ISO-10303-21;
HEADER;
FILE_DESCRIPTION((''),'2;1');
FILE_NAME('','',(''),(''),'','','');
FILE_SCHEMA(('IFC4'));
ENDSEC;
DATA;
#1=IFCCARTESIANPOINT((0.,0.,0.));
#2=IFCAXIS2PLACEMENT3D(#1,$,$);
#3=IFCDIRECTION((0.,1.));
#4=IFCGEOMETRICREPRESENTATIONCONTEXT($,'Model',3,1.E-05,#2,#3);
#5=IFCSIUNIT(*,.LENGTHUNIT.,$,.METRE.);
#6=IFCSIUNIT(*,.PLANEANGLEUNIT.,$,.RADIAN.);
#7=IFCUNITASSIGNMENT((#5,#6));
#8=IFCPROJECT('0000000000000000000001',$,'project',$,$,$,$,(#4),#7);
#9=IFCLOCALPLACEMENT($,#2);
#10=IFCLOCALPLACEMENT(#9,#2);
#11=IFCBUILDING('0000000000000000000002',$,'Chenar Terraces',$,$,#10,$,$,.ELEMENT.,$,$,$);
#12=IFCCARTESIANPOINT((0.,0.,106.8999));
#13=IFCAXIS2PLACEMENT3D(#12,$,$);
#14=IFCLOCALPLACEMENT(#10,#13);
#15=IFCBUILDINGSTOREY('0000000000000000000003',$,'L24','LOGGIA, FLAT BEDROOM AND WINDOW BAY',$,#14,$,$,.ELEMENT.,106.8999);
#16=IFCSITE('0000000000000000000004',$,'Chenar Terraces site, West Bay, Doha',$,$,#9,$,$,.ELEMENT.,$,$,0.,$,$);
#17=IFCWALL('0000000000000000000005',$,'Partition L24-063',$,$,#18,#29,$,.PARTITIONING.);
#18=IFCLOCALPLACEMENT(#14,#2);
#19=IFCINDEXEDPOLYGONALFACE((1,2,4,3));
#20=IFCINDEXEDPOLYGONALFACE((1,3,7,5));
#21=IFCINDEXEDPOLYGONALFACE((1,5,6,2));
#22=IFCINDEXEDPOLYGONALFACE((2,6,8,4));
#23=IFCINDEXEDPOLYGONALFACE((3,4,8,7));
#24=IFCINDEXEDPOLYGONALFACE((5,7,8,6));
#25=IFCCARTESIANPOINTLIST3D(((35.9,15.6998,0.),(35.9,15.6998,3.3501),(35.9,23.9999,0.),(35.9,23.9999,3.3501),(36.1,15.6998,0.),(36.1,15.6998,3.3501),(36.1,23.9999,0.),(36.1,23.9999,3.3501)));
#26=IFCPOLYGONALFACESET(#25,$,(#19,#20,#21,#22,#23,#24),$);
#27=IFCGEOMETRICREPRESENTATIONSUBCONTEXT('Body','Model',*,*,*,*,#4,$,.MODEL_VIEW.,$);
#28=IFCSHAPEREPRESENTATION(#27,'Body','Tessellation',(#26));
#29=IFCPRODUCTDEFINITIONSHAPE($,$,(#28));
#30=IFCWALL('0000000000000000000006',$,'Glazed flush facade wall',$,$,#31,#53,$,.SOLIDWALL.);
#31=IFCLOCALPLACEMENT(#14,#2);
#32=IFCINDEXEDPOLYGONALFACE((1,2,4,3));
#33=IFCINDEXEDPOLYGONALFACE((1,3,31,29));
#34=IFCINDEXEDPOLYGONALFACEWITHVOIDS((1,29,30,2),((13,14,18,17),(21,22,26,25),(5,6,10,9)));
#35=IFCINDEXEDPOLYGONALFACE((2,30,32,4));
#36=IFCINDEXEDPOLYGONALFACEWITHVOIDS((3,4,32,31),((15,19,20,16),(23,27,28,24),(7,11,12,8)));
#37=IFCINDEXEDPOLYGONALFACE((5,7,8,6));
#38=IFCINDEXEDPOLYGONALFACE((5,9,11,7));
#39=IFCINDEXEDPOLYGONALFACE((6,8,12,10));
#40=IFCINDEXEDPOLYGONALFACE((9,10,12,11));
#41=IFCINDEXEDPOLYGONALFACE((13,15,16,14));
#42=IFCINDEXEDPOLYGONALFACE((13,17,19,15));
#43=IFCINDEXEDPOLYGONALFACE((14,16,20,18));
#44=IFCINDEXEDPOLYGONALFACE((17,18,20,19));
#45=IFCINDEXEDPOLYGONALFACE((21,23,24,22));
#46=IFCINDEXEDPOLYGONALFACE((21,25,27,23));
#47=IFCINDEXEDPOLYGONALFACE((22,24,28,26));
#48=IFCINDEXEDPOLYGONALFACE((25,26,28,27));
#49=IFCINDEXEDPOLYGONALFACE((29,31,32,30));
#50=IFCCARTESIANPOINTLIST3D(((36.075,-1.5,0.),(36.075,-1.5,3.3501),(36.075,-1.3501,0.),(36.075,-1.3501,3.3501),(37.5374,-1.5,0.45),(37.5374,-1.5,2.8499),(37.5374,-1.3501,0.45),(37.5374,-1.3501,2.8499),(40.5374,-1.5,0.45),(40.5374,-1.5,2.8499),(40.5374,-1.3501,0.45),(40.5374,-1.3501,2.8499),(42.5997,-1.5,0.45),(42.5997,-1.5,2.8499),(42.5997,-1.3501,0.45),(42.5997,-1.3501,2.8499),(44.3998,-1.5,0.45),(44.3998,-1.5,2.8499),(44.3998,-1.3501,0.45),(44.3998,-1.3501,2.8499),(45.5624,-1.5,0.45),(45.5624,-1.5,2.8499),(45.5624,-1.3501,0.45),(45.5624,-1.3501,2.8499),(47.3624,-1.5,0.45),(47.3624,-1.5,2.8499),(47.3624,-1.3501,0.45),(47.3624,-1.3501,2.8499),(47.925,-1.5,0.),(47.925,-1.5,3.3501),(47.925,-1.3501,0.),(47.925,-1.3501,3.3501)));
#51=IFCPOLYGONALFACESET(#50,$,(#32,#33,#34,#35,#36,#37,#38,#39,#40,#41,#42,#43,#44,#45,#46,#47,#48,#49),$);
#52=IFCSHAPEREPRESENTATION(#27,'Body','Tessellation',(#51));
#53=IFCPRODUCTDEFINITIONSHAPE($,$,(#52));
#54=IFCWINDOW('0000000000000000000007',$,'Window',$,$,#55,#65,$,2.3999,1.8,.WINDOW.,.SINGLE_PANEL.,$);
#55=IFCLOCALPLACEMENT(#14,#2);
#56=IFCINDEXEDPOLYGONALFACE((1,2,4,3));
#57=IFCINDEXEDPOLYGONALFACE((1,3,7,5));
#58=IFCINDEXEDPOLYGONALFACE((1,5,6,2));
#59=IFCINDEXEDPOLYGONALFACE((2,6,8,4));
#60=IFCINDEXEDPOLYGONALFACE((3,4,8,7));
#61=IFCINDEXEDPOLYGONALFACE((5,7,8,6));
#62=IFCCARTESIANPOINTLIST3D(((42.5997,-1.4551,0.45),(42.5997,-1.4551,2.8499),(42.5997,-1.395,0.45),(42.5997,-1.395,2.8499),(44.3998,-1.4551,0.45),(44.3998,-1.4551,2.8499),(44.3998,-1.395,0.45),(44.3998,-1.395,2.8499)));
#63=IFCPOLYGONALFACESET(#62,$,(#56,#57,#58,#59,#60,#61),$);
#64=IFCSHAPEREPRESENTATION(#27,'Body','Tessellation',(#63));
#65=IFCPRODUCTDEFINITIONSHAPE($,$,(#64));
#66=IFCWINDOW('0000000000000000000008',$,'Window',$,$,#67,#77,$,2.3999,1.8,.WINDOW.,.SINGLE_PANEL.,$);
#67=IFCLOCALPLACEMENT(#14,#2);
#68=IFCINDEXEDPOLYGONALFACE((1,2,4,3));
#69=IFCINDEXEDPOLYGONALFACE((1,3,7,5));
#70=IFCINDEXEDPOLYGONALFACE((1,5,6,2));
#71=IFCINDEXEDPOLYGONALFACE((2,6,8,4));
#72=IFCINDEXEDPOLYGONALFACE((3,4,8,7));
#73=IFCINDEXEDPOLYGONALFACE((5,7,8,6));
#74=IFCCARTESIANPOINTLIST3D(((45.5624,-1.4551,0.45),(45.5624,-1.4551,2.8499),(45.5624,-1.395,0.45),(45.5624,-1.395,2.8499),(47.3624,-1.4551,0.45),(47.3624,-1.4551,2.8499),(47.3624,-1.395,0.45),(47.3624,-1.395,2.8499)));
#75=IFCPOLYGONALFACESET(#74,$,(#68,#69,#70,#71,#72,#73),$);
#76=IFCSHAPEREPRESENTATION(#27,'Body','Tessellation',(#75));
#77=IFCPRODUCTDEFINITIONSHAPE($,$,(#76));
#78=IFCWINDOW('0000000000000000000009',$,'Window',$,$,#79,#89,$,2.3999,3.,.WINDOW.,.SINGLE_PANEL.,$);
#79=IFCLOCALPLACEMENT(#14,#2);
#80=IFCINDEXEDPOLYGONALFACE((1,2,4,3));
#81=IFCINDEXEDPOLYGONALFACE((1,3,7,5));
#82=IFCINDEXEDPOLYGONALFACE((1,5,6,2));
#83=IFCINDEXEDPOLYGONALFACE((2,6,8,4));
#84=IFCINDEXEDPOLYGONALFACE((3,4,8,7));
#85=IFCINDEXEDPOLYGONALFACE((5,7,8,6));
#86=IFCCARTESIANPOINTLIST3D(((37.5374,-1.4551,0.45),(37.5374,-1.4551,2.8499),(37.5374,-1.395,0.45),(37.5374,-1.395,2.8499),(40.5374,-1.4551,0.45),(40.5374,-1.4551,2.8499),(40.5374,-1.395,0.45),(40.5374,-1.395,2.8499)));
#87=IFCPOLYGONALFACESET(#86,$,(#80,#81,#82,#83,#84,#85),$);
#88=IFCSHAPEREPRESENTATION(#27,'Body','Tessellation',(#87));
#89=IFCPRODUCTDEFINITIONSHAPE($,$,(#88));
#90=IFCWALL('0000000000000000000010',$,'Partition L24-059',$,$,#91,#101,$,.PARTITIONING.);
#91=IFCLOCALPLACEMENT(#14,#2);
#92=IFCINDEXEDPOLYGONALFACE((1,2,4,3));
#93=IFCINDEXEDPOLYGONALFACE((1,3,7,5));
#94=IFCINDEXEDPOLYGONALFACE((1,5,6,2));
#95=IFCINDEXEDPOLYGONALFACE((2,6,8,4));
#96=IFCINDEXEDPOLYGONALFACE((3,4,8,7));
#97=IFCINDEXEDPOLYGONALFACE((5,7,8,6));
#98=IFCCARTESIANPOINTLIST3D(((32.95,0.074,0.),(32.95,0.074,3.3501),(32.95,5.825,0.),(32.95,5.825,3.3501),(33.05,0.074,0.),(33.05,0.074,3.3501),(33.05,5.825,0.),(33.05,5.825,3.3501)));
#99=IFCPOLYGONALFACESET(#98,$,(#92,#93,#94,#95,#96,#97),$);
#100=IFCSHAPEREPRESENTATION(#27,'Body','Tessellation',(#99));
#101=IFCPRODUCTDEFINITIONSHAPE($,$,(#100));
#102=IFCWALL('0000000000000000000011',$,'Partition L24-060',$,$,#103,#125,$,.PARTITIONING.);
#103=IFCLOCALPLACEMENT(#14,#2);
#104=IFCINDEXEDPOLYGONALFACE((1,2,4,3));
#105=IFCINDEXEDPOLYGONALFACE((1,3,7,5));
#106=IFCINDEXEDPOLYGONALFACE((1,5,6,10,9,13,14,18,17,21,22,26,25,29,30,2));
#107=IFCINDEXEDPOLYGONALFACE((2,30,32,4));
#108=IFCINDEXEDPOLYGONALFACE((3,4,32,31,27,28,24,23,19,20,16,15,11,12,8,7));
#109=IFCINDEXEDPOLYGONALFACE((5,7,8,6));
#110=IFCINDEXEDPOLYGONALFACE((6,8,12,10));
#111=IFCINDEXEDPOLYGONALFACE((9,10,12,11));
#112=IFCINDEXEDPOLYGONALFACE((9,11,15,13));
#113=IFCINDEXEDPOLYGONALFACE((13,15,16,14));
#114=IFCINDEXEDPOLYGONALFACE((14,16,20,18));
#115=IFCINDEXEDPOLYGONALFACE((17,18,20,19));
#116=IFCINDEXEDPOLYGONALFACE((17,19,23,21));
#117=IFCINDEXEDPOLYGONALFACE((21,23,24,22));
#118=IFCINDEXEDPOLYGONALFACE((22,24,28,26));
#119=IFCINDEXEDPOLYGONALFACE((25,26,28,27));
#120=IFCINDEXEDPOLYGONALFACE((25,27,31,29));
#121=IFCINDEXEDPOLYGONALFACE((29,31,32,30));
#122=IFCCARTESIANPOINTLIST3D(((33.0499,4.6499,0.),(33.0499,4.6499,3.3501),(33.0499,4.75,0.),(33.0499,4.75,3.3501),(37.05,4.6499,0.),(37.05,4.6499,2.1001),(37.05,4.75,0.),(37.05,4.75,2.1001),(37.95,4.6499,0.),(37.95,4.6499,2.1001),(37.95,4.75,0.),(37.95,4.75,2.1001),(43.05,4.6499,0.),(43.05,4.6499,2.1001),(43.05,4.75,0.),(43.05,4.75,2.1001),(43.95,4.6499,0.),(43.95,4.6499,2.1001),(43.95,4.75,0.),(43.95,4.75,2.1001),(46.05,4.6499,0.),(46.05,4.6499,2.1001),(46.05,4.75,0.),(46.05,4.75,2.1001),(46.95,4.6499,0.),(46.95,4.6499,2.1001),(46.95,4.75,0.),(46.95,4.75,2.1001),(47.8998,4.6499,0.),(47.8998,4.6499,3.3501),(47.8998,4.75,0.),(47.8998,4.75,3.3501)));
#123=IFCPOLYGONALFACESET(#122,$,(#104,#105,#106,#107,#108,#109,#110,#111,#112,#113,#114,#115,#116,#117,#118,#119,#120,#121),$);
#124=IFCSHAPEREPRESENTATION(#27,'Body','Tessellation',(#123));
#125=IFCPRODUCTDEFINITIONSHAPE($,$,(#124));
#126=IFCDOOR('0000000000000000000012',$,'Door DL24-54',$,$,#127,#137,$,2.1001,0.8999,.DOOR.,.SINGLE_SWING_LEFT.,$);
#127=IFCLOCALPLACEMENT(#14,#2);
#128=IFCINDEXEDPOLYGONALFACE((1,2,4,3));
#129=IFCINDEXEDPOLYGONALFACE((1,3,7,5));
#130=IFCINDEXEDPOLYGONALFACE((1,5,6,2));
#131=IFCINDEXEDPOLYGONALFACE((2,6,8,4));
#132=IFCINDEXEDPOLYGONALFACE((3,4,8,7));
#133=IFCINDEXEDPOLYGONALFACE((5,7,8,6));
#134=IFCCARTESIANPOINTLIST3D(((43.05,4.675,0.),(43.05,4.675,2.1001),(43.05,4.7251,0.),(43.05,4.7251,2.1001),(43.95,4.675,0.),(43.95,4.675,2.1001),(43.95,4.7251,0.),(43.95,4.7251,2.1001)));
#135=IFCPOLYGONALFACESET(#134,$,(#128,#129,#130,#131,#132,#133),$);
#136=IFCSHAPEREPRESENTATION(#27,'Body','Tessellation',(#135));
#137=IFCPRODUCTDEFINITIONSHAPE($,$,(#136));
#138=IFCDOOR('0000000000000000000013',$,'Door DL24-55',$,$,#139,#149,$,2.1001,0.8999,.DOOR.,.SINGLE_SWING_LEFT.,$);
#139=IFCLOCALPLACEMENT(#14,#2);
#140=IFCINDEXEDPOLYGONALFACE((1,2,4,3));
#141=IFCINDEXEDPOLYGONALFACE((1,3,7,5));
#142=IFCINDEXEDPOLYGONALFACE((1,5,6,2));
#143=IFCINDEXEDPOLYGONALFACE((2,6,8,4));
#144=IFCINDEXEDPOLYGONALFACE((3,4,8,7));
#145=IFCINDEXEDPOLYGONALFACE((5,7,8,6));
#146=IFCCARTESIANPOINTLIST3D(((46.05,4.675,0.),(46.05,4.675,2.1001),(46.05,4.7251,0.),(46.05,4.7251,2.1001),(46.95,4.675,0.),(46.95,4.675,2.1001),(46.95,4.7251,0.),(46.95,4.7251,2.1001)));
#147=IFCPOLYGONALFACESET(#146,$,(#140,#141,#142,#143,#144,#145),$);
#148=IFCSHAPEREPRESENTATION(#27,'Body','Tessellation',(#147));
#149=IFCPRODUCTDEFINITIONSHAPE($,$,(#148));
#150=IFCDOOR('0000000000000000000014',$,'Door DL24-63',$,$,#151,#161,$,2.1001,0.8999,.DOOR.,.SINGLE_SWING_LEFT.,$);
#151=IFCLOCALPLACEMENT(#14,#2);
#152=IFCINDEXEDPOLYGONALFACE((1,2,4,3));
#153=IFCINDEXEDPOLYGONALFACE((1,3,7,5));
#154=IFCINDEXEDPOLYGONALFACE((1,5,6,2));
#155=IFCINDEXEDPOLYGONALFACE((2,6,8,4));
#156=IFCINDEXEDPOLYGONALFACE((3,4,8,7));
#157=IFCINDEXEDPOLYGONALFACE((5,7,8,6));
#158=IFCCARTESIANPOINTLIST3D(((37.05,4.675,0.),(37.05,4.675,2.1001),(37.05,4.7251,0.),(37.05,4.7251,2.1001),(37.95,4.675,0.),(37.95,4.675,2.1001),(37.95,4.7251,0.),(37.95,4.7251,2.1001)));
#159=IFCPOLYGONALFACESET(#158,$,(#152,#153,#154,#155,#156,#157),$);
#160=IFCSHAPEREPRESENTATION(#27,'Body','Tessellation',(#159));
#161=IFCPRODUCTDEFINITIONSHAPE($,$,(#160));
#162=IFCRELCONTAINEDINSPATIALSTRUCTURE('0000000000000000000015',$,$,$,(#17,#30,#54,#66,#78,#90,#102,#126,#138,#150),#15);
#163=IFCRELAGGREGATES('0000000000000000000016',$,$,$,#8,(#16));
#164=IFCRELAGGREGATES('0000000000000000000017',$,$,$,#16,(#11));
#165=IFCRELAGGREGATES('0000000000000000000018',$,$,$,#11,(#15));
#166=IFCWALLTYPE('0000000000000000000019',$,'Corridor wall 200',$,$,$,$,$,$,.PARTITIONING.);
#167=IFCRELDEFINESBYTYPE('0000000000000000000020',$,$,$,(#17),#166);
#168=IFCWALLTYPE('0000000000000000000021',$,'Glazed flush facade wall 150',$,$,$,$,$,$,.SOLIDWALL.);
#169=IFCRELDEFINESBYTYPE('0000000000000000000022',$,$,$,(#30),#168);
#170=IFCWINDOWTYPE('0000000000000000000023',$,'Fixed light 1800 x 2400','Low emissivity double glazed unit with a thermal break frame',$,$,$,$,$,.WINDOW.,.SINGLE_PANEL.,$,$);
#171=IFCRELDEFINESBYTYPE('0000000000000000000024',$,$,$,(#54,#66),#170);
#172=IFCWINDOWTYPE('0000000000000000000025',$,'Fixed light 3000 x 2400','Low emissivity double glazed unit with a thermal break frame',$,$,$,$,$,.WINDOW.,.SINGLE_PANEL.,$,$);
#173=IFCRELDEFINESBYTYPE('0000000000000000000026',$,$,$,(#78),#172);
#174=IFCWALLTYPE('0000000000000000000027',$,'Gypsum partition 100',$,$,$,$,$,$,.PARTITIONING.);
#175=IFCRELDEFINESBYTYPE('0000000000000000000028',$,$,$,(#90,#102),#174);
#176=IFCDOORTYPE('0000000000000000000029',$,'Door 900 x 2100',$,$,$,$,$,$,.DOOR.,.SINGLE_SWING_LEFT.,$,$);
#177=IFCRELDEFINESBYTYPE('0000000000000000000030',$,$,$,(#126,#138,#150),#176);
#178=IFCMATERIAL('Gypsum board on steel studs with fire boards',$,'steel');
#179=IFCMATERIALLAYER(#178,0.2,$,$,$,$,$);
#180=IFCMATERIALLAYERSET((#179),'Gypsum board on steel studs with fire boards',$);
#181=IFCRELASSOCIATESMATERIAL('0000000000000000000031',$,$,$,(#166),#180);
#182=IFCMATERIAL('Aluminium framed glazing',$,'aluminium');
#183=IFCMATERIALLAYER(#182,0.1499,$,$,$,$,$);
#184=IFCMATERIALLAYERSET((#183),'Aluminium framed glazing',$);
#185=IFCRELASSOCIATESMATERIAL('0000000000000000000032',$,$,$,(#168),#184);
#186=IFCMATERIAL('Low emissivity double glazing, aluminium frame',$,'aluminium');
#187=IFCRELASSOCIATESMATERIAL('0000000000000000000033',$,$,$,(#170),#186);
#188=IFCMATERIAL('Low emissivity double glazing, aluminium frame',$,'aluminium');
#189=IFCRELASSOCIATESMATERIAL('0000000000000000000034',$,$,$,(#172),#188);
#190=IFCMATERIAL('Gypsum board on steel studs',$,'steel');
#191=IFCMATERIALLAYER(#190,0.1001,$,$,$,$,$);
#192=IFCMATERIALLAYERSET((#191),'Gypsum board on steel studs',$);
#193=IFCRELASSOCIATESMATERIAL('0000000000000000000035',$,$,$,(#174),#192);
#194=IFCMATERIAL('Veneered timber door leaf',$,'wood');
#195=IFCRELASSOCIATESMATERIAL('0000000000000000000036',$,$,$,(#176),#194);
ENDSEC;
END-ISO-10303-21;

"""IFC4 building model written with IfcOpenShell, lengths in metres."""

from ifc_helpers import new_model, si_unit, direction, frame, frame_2d, origin, place, context, subcontext, project, spatial, rectangle, extrude, material, layer, layer_set, type_object, element, fill, save


model = new_model("IFC4")

# Units and contexts
model_context = context("Model", 3, precision=1e-05, world=origin(), true_north=direction((0.0, 1.0)))
body_context = subcontext(model_context, "Body", "Model", "MODEL_VIEW")
ifc_project = project(units=[si_unit("LENGTHUNIT", "METRE"), si_unit("PLANEANGLEUNIT", "RADIAN")], contexts=[model_context])

# Site, building, storey
site_placement = place(None, origin())
site = spatial("IfcSite", under=ifc_project, at=site_placement, Name="Chenar Terraces site, West Bay, Doha", CompositionType="ELEMENT", RefElevation=0.0)
building_placement = place(site_placement, origin())
building = spatial("IfcBuilding", under=site, at=building_placement, Name="Chenar Terraces", CompositionType="ELEMENT")
storey_placement = place(building_placement, frame((0.0, 0.0, 106.8999)))
storey = spatial("IfcBuildingStorey", under=building, at=storey_placement, Name="L24", Description="LOGGIA, FLAT BEDROOM AND WINDOW BAY", CompositionType="ELEMENT", Elevation=106.8999)

# Shared definitions
ifc_material_1 = material(Name="Gypsum board on steel studs with fire boards", Category="steel")
ifc_layer_1 = layer(ifc_material_1, 0.2)
ifc_layer_set_1 = layer_set([ifc_layer_1], Name="Gypsum board on steel studs with fire boards")
wall_type_1 = type_object("IfcWallType", Name="Corridor wall 200", PredefinedType="PARTITIONING", material=ifc_layer_set_1)

# Wall
wall_1_placement = place(storey_placement, frame((36.0, 15.7, 0.0), z_axis=(0.0, 0.0, 1.0), x_axis=(0.0, 1.0, 0.0)))
element("IfcWall", 1, at=wall_1_placement, inside=storey, type_object=wall_type_1, Name="Partition L24-063", PredefinedType="PARTITIONING", context=body_context, shape_type="SweptSolid", body=[
    extrude(rectangle(XDim=8.3, YDim=0.2, at=frame_2d((4.1499, 0.0))), origin(), (0.0, 0.0, 1.0), 3.3501),
])

# Wall, openings, windows
ifc_material_2 = material(Name="Aluminium framed glazing", Category="aluminium")
ifc_layer_2 = layer(ifc_material_2, 0.1499)
ifc_layer_set_2 = layer_set([ifc_layer_2], Name="Aluminium framed glazing")
wall_type_2 = type_object("IfcWallType", Name="Glazed flush facade wall 150", PredefinedType="SOLIDWALL", material=ifc_layer_set_2)
wall_2_placement = place(storey_placement, frame((36.075, -1.425, 0.0), z_axis=(0.0, 0.0, 1.0), x_axis=(1.0, 0.0, 0.0)))
wall_2 = element("IfcWall", 2, at=wall_2_placement, inside=storey, type_object=wall_type_2, Name="Glazed flush facade wall", PredefinedType="SOLIDWALL", context=body_context, shape_type="SweptSolid", body=[
    extrude(rectangle(XDim=11.8501, YDim=0.1499, at=frame_2d((5.925, 0.0))), origin(), (0.0, 0.0, 1.0), 3.3501),
])
opening_1_placement = place(wall_2_placement, frame((1.4624, 0.0, 0.45)))
opening_1 = element("IfcOpeningElement", 3, at=opening_1_placement, cuts=wall_2, PredefinedType="OPENING", context=body_context, shape_type="SweptSolid", body=[
    extrude(rectangle(XDim=3.0, YDim=2.3999, at=frame_2d((1.5, 1.2))), frame((0.0, 0.085, 0.0), z_axis=(0.0, -1.0, 0.0), x_axis=(1.0, 0.0, 0.0)), (0.0, 0.0, 1.0), 0.1699),
])
opening_2_placement = place(wall_2_placement, frame((6.5249, 0.0, 0.45)))
opening_2 = element("IfcOpeningElement", 4, at=opening_2_placement, cuts=wall_2, PredefinedType="OPENING", context=body_context, shape_type="SweptSolid", body=[
    extrude(rectangle(XDim=1.8, YDim=2.3999, at=frame_2d((0.8999, 1.2))), frame((0.0, 0.085, 0.0), z_axis=(0.0, -1.0, 0.0), x_axis=(1.0, 0.0, 0.0)), (0.0, 0.0, 1.0), 0.1699),
])
opening_3_placement = place(wall_2_placement, frame((9.4875, 0.0, 0.45)))
opening_3 = element("IfcOpeningElement", 5, at=opening_3_placement, cuts=wall_2, PredefinedType="OPENING", context=body_context, shape_type="SweptSolid", body=[
    extrude(rectangle(XDim=1.8, YDim=2.3999, at=frame_2d((0.8999, 1.2))), frame((0.0, 0.085, 0.0), z_axis=(0.0, -1.0, 0.0), x_axis=(1.0, 0.0, 0.0)), (0.0, 0.0, 1.0), 0.1699),
])
ifc_material_3 = material(Name="Low emissivity double glazing, aluminium frame", Category="aluminium")
window_type_1 = type_object("IfcWindowType", Name="Fixed light 1800 x 2400", Description="Low emissivity double glazed unit with a thermal break frame", PartitioningType="SINGLE_PANEL", PredefinedType="WINDOW", material=ifc_material_3)
window_1_placement = place(opening_2_placement, origin())
window_1 = element("IfcWindow", 6, at=window_1_placement, inside=storey, type_object=window_type_1, Name="Window", OverallHeight=2.3999, OverallWidth=1.8, PartitioningType="SINGLE_PANEL", PredefinedType="WINDOW", context=body_context, shape_type="SweptSolid", body=[
    extrude(rectangle(XDim=1.8, YDim=2.3999, at=frame_2d((0.8999, 1.2))), frame((0.0, 0.03, 0.0), z_axis=(0.0, -1.0, 0.0), x_axis=(1.0, 0.0, 0.0)), (0.0, 0.0, 1.0), 0.0601),
])
fill(opening_2, window_1)
window_2_placement = place(opening_3_placement, origin())
window_2 = element("IfcWindow", 7, at=window_2_placement, inside=storey, type_object=window_type_1, Name="Window", OverallHeight=2.3999, OverallWidth=1.8, PartitioningType="SINGLE_PANEL", PredefinedType="WINDOW", context=body_context, shape_type="SweptSolid", body=[
    extrude(rectangle(XDim=1.8, YDim=2.3999, at=frame_2d((0.8999, 1.2))), frame((0.0, 0.03, 0.0), z_axis=(0.0, -1.0, 0.0), x_axis=(1.0, 0.0, 0.0)), (0.0, 0.0, 1.0), 0.0601),
])
fill(opening_3, window_2)
ifc_material_4 = material(Name="Low emissivity double glazing, aluminium frame", Category="aluminium")
window_type_2 = type_object("IfcWindowType", Name="Fixed light 3000 x 2400", Description="Low emissivity double glazed unit with a thermal break frame", PartitioningType="SINGLE_PANEL", PredefinedType="WINDOW", material=ifc_material_4)
window_3_placement = place(opening_1_placement, origin())
window_3 = element("IfcWindow", 8, at=window_3_placement, inside=storey, type_object=window_type_2, Name="Window", OverallHeight=2.3999, OverallWidth=3.0, PartitioningType="SINGLE_PANEL", PredefinedType="WINDOW", context=body_context, shape_type="SweptSolid", body=[
    extrude(rectangle(XDim=3.0, YDim=2.3999, at=frame_2d((1.5, 1.2))), frame((0.0, 0.03, 0.0), z_axis=(0.0, -1.0, 0.0), x_axis=(1.0, 0.0, 0.0)), (0.0, 0.0, 1.0), 0.0601),
])
fill(opening_1, window_3)

# Wall
ifc_material_5 = material(Name="Gypsum board on steel studs", Category="steel")
ifc_layer_3 = layer(ifc_material_5, 0.1001)
ifc_layer_set_3 = layer_set([ifc_layer_3], Name="Gypsum board on steel studs")
wall_type_3 = type_object("IfcWallType", Name="Gypsum partition 100", PredefinedType="PARTITIONING", material=ifc_layer_set_3)
wall_3_placement = place(storey_placement, frame((33.0, 0.074, 0.0), z_axis=(0.0, 0.0, 1.0), x_axis=(0.0, 1.0, 0.0)))
element("IfcWall", 9, at=wall_3_placement, inside=storey, type_object=wall_type_3, Name="Partition L24-059", PredefinedType="PARTITIONING", context=body_context, shape_type="SweptSolid", body=[
    extrude(rectangle(XDim=5.751, YDim=0.1001, at=frame_2d((2.8755, 0.0))), origin(), (0.0, 0.0, 1.0), 3.3501),
])

# Wall, openings, doors
wall_4_placement = place(storey_placement, frame((33.05, 4.7, 0.0), z_axis=(0.0, 0.0, 1.0), x_axis=(1.0, 0.0, 0.0)))
wall_4 = element("IfcWall", 10, at=wall_4_placement, inside=storey, type_object=wall_type_3, Name="Partition L24-060", PredefinedType="PARTITIONING", context=body_context, shape_type="SweptSolid", body=[
    extrude(rectangle(XDim=14.8499, YDim=0.1001, at=frame_2d((7.4248, 0.0))), origin(), (0.0, 0.0, 1.0), 3.3501),
])
opening_4_placement = place(wall_4_placement, frame((10.0, 0.0, 0.0)))
opening_4 = element("IfcOpeningElement", 11, at=opening_4_placement, cuts=wall_4, PredefinedType="OPENING", context=body_context, shape_type="SweptSolid", body=[
    extrude(rectangle(XDim=0.8999, YDim=2.1001, at=frame_2d((0.45, 1.05))), frame((0.0, 0.0601, 0.0), z_axis=(0.0, -1.0, 0.0), x_axis=(1.0, 0.0, 0.0)), (0.0, 0.0, 1.0), 0.1201),
])
opening_5_placement = place(wall_4_placement, frame((13.0, 0.0, 0.0)))
opening_5 = element("IfcOpeningElement", 12, at=opening_5_placement, cuts=wall_4, PredefinedType="OPENING", context=body_context, shape_type="SweptSolid", body=[
    extrude(rectangle(XDim=0.8999, YDim=2.1001, at=frame_2d((0.45, 1.05))), frame((0.0, 0.0601, 0.0), z_axis=(0.0, -1.0, 0.0), x_axis=(1.0, 0.0, 0.0)), (0.0, 0.0, 1.0), 0.1201),
])
opening_6_placement = place(wall_4_placement, frame((4.0, 0.0, 0.0)))
opening_6 = element("IfcOpeningElement", 13, at=opening_6_placement, cuts=wall_4, PredefinedType="OPENING", context=body_context, shape_type="SweptSolid", body=[
    extrude(rectangle(XDim=0.8999, YDim=2.1001, at=frame_2d((0.45, 1.05))), frame((0.0, 0.0601, 0.0), z_axis=(0.0, -1.0, 0.0), x_axis=(1.0, 0.0, 0.0)), (0.0, 0.0, 1.0), 0.1201),
])
ifc_material_6 = material(Name="Veneered timber door leaf", Category="wood")
door_type_1 = type_object("IfcDoorType", Name="Door 900 x 2100", OperationType="SINGLE_SWING_LEFT", PredefinedType="DOOR", material=ifc_material_6)
door_1_placement = place(opening_4_placement, frame((0.8999, 0.0, 0.0), z_axis=(0.0, 0.0, 1.0), x_axis=(-1.0, 0.0, 0.0)))
door_1 = element("IfcDoor", 14, at=door_1_placement, inside=storey, type_object=door_type_1, Name="Door DL24-54", OperationType="SINGLE_SWING_LEFT", OverallHeight=2.1001, OverallWidth=0.8999, PredefinedType="DOOR", context=body_context, shape_type="SweptSolid", body=[
    extrude(rectangle(XDim=0.8999, YDim=2.1001, at=frame_2d((0.45, 1.05))), frame((0.0, 0.0249, 0.0), z_axis=(0.0, -1.0, 0.0), x_axis=(1.0, 0.0, 0.0)), (0.0, 0.0, 1.0), 0.05),
])
fill(opening_4, door_1)
door_2_placement = place(opening_5_placement, frame((0.8999, 0.0, 0.0), z_axis=(0.0, 0.0, 1.0), x_axis=(-1.0, 0.0, 0.0)))
door_2 = element("IfcDoor", 15, at=door_2_placement, inside=storey, type_object=door_type_1, Name="Door DL24-55", OperationType="SINGLE_SWING_LEFT", OverallHeight=2.1001, OverallWidth=0.8999, PredefinedType="DOOR", context=body_context, shape_type="SweptSolid", body=[
    extrude(rectangle(XDim=0.8999, YDim=2.1001, at=frame_2d((0.45, 1.05))), frame((0.0, 0.0249, 0.0), z_axis=(0.0, -1.0, 0.0), x_axis=(1.0, 0.0, 0.0)), (0.0, 0.0, 1.0), 0.05),
])
fill(opening_5, door_2)
door_3_placement = place(opening_6_placement, frame((0.8999, 0.0, 0.0), z_axis=(0.0, 0.0, 1.0), x_axis=(-1.0, 0.0, 0.0)))
door_3 = element("IfcDoor", 16, at=door_3_placement, inside=storey, type_object=door_type_1, Name="Door DL24-63", OperationType="SINGLE_SWING_LEFT", OverallHeight=2.1001, OverallWidth=0.8999, PredefinedType="DOOR", context=body_context, shape_type="SweptSolid", body=[
    extrude(rectangle(XDim=0.8999, YDim=2.1001, at=frame_2d((0.45, 1.05))), frame((0.0, 0.0249, 0.0), z_axis=(0.0, -1.0, 0.0), x_axis=(1.0, 0.0, 0.0)), (0.0, 0.0, 1.0), 0.05),
])
fill(opening_6, door_3)

save(model, "model.ifc")
